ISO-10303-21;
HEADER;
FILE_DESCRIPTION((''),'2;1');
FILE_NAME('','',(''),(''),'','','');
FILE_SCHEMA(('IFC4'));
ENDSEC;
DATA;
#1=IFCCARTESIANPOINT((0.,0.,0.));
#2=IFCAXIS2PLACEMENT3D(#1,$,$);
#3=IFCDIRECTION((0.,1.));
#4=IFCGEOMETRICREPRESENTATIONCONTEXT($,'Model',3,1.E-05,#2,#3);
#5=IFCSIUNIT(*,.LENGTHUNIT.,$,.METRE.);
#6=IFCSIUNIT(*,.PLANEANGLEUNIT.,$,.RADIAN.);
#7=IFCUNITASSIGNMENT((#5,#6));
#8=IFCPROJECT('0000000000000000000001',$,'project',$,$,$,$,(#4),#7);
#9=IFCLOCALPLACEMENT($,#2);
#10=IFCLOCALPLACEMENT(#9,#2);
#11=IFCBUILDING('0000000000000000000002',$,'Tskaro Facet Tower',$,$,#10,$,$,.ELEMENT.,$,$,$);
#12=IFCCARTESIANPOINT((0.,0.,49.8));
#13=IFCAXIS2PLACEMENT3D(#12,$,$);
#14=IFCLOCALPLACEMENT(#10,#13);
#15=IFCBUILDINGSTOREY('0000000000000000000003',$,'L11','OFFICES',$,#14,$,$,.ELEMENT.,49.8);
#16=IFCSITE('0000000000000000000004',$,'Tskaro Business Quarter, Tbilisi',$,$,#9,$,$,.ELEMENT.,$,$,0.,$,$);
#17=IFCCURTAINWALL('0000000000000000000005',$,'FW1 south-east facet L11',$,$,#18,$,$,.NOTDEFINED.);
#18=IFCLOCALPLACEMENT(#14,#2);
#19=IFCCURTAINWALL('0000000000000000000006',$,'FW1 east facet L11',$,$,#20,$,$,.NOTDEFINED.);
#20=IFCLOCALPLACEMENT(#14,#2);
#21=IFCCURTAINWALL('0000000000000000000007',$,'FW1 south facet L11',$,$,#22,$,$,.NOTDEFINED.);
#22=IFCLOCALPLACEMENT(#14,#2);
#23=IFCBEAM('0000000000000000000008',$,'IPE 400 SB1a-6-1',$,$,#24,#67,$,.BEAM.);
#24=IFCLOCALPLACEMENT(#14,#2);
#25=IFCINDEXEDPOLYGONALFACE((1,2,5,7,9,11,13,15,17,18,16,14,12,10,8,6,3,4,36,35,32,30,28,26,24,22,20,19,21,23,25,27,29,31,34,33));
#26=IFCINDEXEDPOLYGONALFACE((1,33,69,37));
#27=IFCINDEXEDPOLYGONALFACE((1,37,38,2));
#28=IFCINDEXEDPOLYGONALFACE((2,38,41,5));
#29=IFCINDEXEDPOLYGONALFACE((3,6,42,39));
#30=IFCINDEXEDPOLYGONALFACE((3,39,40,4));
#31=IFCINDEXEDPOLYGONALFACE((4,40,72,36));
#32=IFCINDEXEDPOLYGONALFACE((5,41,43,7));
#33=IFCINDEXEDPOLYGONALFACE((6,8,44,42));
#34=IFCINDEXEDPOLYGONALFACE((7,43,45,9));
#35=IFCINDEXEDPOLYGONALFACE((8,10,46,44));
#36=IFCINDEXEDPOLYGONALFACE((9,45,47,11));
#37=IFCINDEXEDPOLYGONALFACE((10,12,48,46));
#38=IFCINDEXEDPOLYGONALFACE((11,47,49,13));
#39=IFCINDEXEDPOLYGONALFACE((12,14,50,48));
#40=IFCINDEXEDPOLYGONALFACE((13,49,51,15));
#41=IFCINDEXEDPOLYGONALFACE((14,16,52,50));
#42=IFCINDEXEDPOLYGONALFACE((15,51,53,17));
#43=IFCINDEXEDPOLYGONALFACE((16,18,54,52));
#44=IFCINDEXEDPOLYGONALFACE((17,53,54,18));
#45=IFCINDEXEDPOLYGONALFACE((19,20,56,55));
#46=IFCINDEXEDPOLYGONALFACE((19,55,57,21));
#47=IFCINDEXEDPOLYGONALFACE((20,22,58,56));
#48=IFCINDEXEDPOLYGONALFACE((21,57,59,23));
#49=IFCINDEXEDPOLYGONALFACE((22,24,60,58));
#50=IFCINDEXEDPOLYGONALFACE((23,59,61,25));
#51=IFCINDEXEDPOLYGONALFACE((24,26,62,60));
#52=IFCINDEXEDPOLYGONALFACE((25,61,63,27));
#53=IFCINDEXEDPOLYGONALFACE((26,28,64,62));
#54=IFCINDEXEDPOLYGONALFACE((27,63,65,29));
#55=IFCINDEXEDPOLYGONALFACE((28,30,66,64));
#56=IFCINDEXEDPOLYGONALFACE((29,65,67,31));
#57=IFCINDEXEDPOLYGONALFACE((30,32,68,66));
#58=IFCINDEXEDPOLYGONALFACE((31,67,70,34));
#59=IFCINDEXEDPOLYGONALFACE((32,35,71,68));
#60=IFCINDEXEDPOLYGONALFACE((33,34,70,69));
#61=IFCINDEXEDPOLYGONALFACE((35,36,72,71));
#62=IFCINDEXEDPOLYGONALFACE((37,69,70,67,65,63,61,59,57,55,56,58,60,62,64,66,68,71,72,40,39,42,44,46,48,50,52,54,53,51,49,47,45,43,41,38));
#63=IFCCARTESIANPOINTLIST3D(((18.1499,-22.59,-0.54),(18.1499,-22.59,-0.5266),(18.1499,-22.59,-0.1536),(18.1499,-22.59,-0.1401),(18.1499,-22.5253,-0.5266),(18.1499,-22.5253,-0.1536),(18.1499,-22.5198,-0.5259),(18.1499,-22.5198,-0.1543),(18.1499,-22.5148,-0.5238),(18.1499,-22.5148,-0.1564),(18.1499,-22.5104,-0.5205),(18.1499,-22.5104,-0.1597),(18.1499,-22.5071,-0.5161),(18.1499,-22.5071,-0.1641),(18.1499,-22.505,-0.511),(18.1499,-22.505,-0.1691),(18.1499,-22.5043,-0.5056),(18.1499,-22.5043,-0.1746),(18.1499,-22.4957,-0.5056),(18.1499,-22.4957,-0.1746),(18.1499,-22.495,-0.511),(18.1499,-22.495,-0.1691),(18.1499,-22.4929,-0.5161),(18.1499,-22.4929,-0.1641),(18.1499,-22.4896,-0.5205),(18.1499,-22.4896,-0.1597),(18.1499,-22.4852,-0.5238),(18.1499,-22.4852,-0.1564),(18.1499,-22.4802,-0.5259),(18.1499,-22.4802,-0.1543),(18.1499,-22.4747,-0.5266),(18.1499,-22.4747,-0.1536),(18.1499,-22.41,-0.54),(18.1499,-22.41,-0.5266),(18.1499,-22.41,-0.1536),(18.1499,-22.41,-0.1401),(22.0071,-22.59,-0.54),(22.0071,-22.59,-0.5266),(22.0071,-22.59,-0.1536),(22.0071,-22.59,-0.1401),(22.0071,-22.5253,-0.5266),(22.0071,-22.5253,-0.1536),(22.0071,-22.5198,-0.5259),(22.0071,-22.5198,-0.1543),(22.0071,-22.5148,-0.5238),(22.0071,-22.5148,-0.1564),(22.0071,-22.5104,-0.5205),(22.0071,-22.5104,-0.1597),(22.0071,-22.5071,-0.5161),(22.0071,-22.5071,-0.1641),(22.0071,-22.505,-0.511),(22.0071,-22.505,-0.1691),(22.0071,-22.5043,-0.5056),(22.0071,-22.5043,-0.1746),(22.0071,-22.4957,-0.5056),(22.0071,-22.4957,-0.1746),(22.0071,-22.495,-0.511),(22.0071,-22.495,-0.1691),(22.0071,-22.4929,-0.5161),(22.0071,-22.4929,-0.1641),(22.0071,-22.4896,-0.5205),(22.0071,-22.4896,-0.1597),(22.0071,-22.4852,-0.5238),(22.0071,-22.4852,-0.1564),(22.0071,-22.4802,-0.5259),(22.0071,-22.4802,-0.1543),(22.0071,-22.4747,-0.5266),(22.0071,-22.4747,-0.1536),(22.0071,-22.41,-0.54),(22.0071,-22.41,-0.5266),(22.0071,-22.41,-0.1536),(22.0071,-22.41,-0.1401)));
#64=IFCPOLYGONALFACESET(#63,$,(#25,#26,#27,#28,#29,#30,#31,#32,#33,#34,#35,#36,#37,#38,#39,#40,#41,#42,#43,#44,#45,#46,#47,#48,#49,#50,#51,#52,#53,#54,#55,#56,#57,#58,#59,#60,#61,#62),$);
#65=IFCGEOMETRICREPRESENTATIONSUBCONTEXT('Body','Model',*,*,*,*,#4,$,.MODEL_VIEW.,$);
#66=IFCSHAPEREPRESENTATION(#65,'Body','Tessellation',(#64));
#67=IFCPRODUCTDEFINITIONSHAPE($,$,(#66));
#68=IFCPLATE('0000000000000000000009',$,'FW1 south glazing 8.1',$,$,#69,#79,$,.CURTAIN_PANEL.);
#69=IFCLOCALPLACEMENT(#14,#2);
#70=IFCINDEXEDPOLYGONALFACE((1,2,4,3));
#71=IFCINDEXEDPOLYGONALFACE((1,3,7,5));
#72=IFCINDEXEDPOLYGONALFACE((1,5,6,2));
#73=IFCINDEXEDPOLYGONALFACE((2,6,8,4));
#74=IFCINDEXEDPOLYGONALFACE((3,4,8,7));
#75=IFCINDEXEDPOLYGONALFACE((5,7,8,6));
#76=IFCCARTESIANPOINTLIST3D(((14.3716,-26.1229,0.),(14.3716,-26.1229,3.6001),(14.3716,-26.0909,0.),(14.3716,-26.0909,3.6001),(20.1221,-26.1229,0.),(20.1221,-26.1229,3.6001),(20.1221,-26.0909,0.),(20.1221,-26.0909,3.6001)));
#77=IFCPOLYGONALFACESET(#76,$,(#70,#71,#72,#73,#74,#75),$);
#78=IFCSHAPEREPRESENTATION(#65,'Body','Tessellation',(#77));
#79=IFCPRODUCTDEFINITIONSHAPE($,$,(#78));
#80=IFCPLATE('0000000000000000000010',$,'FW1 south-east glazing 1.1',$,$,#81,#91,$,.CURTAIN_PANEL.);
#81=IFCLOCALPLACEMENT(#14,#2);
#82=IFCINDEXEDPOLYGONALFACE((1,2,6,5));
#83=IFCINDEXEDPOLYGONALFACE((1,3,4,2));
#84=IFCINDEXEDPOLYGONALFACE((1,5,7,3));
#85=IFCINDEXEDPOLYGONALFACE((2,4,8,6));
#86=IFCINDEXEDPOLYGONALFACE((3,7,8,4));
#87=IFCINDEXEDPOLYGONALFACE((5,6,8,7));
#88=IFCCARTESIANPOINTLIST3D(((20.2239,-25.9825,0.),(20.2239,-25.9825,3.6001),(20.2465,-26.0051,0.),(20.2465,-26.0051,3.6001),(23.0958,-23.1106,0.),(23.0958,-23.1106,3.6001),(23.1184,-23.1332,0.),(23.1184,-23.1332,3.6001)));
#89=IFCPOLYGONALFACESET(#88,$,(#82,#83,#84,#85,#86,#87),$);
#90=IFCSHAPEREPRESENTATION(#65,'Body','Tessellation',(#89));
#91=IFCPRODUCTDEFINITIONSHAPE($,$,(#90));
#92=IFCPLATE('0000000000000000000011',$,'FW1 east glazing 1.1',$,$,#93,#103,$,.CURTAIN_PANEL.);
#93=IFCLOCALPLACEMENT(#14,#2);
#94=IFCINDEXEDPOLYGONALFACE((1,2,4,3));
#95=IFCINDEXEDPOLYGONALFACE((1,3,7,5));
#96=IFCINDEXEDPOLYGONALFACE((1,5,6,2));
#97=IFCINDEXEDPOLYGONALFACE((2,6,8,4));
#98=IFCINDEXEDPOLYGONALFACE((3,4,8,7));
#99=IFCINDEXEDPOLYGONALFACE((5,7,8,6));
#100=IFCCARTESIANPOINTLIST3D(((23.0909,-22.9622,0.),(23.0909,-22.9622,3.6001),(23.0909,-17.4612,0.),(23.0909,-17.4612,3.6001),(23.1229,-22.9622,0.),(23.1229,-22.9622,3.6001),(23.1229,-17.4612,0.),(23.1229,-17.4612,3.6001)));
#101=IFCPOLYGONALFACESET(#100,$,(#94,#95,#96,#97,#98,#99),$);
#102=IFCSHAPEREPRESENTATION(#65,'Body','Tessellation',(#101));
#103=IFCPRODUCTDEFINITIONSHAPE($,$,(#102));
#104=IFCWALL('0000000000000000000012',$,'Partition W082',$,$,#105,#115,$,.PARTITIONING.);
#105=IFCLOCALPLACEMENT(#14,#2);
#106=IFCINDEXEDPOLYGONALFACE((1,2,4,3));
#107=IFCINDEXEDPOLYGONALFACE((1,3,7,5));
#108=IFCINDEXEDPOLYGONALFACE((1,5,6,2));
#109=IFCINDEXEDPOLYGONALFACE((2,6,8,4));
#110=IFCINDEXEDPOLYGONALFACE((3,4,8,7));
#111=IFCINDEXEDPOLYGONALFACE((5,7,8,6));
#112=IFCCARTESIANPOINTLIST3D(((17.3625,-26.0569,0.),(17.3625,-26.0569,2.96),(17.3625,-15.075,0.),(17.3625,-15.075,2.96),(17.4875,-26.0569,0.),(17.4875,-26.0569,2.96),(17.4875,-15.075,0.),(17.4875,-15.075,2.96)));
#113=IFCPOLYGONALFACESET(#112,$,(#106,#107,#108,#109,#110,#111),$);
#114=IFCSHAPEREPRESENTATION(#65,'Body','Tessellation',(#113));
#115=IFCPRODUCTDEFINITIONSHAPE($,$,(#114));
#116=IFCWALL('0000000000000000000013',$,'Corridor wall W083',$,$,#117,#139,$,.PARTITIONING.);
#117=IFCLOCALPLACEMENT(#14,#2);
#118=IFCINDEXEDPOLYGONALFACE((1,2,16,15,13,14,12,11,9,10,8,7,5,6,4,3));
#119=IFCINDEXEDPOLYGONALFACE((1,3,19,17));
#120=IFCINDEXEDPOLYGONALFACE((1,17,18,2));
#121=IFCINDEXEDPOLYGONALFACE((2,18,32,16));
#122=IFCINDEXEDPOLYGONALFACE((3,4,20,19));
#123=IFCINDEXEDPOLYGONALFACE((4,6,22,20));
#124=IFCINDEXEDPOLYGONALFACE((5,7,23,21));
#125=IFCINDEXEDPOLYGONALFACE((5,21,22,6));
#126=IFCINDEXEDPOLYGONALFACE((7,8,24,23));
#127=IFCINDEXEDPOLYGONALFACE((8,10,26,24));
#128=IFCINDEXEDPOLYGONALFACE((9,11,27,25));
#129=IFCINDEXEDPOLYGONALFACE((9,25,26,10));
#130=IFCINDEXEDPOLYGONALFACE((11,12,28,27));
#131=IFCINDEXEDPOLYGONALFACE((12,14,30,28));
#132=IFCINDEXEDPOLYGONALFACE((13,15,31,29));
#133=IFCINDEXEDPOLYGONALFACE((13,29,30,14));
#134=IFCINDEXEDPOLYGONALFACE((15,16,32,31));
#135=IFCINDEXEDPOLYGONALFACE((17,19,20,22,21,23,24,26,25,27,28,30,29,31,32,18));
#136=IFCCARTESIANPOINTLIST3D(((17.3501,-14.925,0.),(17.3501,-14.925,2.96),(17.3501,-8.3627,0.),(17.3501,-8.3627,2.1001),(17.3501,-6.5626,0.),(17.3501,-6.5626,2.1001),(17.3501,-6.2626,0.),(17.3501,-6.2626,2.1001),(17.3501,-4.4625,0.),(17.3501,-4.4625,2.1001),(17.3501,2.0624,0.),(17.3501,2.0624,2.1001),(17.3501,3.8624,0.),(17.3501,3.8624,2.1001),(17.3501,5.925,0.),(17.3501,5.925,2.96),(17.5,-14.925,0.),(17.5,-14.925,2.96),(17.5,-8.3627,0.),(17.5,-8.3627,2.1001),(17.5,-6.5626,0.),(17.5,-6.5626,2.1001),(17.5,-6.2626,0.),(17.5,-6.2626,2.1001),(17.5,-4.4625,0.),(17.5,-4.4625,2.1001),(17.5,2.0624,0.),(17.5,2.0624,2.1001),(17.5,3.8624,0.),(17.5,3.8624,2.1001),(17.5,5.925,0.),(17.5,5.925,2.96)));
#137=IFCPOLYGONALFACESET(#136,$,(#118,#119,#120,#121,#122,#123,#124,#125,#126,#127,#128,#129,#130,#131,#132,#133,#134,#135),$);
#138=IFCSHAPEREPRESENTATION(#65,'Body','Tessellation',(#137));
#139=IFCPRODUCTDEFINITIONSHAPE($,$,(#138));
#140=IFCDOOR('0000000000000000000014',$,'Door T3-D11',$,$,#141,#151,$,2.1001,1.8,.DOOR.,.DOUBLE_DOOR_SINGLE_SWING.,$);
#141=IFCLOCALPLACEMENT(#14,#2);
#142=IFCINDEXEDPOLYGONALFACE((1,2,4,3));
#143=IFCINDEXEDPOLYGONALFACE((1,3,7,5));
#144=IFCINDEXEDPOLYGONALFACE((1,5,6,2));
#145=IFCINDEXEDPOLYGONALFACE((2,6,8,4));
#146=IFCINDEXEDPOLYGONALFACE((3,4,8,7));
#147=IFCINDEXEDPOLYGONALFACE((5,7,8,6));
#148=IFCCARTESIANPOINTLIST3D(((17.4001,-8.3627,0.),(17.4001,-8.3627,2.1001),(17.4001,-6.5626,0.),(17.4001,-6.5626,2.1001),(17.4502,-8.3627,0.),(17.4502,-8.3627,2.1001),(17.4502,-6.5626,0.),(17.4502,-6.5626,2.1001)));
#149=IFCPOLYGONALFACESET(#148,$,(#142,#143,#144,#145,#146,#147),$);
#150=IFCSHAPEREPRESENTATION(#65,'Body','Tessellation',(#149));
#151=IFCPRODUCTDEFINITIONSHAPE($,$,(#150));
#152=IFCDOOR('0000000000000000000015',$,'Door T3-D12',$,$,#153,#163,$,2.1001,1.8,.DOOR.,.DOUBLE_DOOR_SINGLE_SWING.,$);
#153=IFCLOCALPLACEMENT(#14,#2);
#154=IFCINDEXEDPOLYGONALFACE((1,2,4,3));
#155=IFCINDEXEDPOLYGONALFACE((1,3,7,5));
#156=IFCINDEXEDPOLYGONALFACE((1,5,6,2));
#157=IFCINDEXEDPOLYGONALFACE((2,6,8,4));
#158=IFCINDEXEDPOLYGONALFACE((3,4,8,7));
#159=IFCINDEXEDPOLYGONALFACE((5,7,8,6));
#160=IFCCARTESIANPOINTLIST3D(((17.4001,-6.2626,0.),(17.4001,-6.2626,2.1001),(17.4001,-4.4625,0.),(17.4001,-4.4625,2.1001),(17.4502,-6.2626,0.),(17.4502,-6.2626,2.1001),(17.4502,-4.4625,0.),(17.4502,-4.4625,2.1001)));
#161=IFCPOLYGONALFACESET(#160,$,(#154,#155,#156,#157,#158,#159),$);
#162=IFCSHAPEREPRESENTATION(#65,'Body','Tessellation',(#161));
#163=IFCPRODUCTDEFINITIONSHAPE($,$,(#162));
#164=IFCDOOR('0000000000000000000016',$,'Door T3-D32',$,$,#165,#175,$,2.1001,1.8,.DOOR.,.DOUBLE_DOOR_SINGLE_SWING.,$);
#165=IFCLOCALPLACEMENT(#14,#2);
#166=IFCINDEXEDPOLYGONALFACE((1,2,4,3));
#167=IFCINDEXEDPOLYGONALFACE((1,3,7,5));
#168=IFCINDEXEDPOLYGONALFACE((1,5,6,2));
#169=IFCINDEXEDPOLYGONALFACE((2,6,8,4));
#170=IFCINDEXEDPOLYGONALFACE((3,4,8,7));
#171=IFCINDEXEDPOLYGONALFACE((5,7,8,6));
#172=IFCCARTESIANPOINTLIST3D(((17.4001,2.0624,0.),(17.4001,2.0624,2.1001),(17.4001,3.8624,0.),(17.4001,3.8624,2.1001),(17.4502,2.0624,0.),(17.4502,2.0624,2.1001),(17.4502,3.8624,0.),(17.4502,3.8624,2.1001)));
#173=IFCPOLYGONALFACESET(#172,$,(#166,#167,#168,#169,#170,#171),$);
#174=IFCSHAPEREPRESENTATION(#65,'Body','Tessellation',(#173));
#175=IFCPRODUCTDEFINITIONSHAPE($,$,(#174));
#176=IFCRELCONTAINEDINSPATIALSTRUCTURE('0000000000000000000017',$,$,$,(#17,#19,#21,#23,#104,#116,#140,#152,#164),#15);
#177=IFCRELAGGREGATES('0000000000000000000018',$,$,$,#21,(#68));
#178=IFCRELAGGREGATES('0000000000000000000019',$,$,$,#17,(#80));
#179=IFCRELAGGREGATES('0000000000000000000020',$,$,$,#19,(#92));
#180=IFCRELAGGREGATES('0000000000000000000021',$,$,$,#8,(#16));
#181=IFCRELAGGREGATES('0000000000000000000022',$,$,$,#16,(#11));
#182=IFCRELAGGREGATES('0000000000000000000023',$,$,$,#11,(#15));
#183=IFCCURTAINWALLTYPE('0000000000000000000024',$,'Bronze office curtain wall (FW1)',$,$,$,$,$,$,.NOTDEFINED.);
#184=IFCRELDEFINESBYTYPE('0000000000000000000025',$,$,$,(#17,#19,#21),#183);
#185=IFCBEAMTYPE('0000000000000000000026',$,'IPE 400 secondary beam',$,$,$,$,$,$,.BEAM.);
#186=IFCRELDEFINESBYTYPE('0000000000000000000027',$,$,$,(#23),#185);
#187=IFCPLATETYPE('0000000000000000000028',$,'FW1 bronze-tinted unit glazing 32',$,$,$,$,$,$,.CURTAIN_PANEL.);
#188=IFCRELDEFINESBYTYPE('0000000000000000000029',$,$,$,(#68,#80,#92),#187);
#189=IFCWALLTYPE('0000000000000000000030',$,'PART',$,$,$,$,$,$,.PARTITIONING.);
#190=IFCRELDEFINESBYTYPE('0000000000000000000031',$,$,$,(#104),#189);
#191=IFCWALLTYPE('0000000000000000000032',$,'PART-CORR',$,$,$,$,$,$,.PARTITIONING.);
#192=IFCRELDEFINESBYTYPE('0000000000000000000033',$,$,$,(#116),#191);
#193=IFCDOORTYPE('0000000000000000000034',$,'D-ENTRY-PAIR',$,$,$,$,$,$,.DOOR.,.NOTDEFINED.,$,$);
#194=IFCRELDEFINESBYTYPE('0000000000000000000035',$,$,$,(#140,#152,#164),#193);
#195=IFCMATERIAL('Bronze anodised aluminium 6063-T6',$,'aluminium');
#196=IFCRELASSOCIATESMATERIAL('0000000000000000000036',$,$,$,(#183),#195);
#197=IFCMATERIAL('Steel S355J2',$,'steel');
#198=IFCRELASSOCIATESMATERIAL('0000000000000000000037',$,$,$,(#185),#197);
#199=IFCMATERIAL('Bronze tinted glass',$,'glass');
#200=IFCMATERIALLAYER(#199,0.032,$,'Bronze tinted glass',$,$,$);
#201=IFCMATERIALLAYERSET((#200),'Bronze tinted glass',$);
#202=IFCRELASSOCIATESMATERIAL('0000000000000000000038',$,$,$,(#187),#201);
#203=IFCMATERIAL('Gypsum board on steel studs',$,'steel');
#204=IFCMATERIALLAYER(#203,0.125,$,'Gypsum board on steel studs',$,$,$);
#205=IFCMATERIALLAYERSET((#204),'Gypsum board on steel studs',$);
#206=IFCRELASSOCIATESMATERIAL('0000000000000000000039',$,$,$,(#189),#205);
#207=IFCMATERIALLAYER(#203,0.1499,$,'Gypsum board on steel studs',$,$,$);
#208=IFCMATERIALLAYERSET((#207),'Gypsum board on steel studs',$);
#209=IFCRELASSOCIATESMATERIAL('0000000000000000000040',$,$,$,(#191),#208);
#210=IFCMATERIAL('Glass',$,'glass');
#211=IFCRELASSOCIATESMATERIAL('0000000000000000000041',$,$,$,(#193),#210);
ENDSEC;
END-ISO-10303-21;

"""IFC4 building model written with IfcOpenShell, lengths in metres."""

from ifc_helpers import new_model, si_unit, direction, frame, frame_2d, origin, origin_2d, place, context, subcontext, project, spatial, rectangle, i_section, extrude, material, layer, layer_set, material_profile, profile_set, type_object, element, fill, aggregate, save


model = new_model("IFC4")

# Units and contexts
model_context = context("Model", 3, precision=1e-05, world=origin(), true_north=direction((0.0, 1.0)))
body_context = subcontext(model_context, "Body", "Model", "MODEL_VIEW")
ifc_project = project(units=[si_unit("LENGTHUNIT", "METRE"), si_unit("PLANEANGLEUNIT", "RADIAN")], contexts=[model_context])

# Site, building, storey
site_placement = place(None, origin())
site = spatial("IfcSite", under=ifc_project, at=site_placement, Name="Tskaro Business Quarter, Tbilisi", CompositionType="ELEMENT", RefElevation=0.0)
building_placement = place(site_placement, origin())
building = spatial("IfcBuilding", under=site, at=building_placement, Name="Tskaro Facet Tower", CompositionType="ELEMENT")
storey_placement = place(building_placement, frame((0.0, 0.0, 49.8)))
storey = spatial("IfcBuildingStorey", under=building, at=storey_placement, Name="L11", Description="OFFICES", CompositionType="ELEMENT", Elevation=49.8)

# Curtain walls
ifc_material_1 = material(Name="Bronze anodised aluminium 6063-T6", Category="aluminium")
curtain_wall_type = type_object("IfcCurtainWallType", Name="Bronze office curtain wall (FW1)", PredefinedType="NOTDEFINED", material=ifc_material_1)
curtain_wall_1_placement = place(storey_placement, origin())
curtain_wall_1 = element("IfcCurtainWall", 1, at=curtain_wall_1_placement, inside=storey, type_object=curtain_wall_type, Name="FW1 south-east facet L11", PredefinedType="NOTDEFINED")
curtain_wall_2_placement = place(storey_placement, origin())
curtain_wall_2 = element("IfcCurtainWall", 2, at=curtain_wall_2_placement, inside=storey, type_object=curtain_wall_type, Name="FW1 east facet L11", PredefinedType="NOTDEFINED")
curtain_wall_3_placement = place(storey_placement, origin())
curtain_wall_3 = element("IfcCurtainWall", 3, at=curtain_wall_3_placement, inside=storey, type_object=curtain_wall_type, Name="FW1 south facet L11", PredefinedType="NOTDEFINED")

# Beam
ifc_material_2 = material(Name="Steel S355J2", Category="steel")
ifc_material_profile_1 = material_profile(ifc_material_2, i_section(OverallWidth=0.1799, OverallDepth=0.3999, WebThickness=0.0085, FlangeThickness=0.0134, FilletRadius=0.021, at=origin_2d()), Name="IPE 400")
ifc_profile_set_1 = profile_set([ifc_material_profile_1], Name="Steel S355J2")
beam_type_1 = type_object("IfcBeamType", Name="IPE 400 secondary beam", PredefinedType="BEAM", material=ifc_profile_set_1)
beam_1_placement = place(storey_placement, frame((18.1499, -22.5, -0.3401), z_axis=(1.0, 0.0, 0.0), x_axis=(0.0, 1.0, 0.0)))
element("IfcBeam", 4, at=beam_1_placement, inside=storey, type_object=beam_type_1, Name="IPE 400 SB1a-6-1", PredefinedType="BEAM", context=body_context, shape_type="SweptSolid", body=[
    extrude(i_section(OverallWidth=0.1799, OverallDepth=0.3999, WebThickness=0.0085, FlangeThickness=0.0134, FilletRadius=0.021, at=origin_2d()), origin(), (0.0, 0.0, 1.0), 3.8572),
])

# Plates
ifc_material_3 = material(Name="Bronze tinted glass", Category="glass")
ifc_layer_1 = layer(ifc_material_3, 0.032, Name="Bronze tinted glass")
ifc_layer_set_1 = layer_set([ifc_layer_1], Name="Bronze tinted glass")
plate_type = type_object("IfcPlateType", Name="FW1 bronze-tinted unit glazing 32", PredefinedType="CURTAIN_PANEL", material=ifc_layer_set_1)
plate_1_placement = place(storey_placement, frame((17.2468, -26.1069, 0.0), z_axis=(0.0, 0.0, 1.0), x_axis=(1.0, 0.0, 0.0)))
plate_1 = element("IfcPlate", 5, at=plate_1_placement, type_object=plate_type, Name="FW1 south glazing 8.1", PredefinedType="CURTAIN_PANEL", context=body_context, shape_type="SweptSolid", body=[
    extrude(rectangle(XDim=5.7505, YDim=0.032, at=origin_2d()), origin(), (0.0, 0.0, 1.0), 3.6001),
])
aggregate(curtain_wall_3, [plate_1])
plate_2_placement = place(storey_placement, frame((21.6711, -24.5579, 0.0), z_axis=(0.0, 0.0, 1.0), x_axis=(0.707107, 0.707107, 0.0)))
plate_2 = element("IfcPlate", 6, at=plate_2_placement, type_object=plate_type, Name="FW1 south-east glazing 1.1", PredefinedType="CURTAIN_PANEL", context=body_context, shape_type="SweptSolid", body=[
    extrude(rectangle(XDim=4.0615, YDim=0.032, at=origin_2d()), origin(), (0.0, 0.0, 1.0), 3.6001),
])
aggregate(curtain_wall_1, [plate_2])
plate_3_placement = place(storey_placement, frame((23.1069, -20.2117, 0.0), z_axis=(0.0, 0.0, 1.0), x_axis=(0.0, 1.0, 0.0)))
plate_3 = element("IfcPlate", 7, at=plate_3_placement, type_object=plate_type, Name="FW1 east glazing 1.1", PredefinedType="CURTAIN_PANEL", context=body_context, shape_type="SweptSolid", body=[
    extrude(rectangle(XDim=5.501, YDim=0.032, at=origin_2d()), origin(), (0.0, 0.0, 1.0), 3.6001),
])
aggregate(curtain_wall_2, [plate_3])

# Wall
ifc_material_4 = material(Name="Gypsum board on steel studs", Category="steel")
ifc_layer_2 = layer(ifc_material_4, 0.125, Name="Gypsum board on steel studs")
ifc_layer_set_2 = layer_set([ifc_layer_2], Name="Gypsum board on steel studs")
wall_type_1 = type_object("IfcWallType", Name="PART", PredefinedType="PARTITIONING", material=ifc_layer_set_2)
wall_1_placement = place(storey_placement, frame((17.425, -26.0569, 0.0), z_axis=(0.0, 0.0, 1.0), x_axis=(0.0, 1.0, 0.0)))
element("IfcWall", 8, at=wall_1_placement, inside=storey, type_object=wall_type_1, Name="Partition W082", PredefinedType="PARTITIONING", context=body_context, shape_type="SweptSolid", body=[
    extrude(rectangle(XDim=10.9819, YDim=0.125, at=frame_2d((5.491, 0.0))), origin(), (0.0, 0.0, 1.0), 2.96),
])

# Wall, openings, doors
ifc_layer_3 = layer(ifc_material_4, 0.1499, Name="Gypsum board on steel studs")
ifc_layer_set_3 = layer_set([ifc_layer_3], Name="Gypsum board on steel studs")
wall_type_2 = type_object("IfcWallType", Name="PART-CORR", PredefinedType="PARTITIONING", material=ifc_layer_set_3)
wall_2_placement = place(storey_placement, frame((17.425, -14.925, 0.0), z_axis=(0.0, 0.0, 1.0), x_axis=(0.0, 1.0, 0.0)))
wall_2 = element("IfcWall", 9, at=wall_2_placement, inside=storey, type_object=wall_type_2, Name="Corridor wall W083", PredefinedType="PARTITIONING", context=body_context, shape_type="SweptSolid", body=[
    extrude(rectangle(XDim=20.8501, YDim=0.1499, at=frame_2d((10.425, 0.0))), origin(), (0.0, 0.0, 1.0), 2.96),
])
opening_1_placement = place(wall_2_placement, frame((6.5625, 0.0, 0.0)))
opening_1 = element("IfcOpeningElement", 10, at=opening_1_placement, cuts=wall_2, PredefinedType="OPENING", context=body_context, shape_type="SweptSolid", body=[
    extrude(rectangle(XDim=1.8, YDim=2.1001, at=frame_2d((0.8999, 1.05))), frame((0.0, 0.085, 0.0), z_axis=(0.0, -1.0, 0.0), x_axis=(1.0, 0.0, 0.0)), (0.0, 0.0, 1.0), 0.1699),
])
opening_2_placement = place(wall_2_placement, frame((8.6626, 0.0, 0.0)))
opening_2 = element("IfcOpeningElement", 11, at=opening_2_placement, cuts=wall_2, PredefinedType="OPENING", context=body_context, shape_type="SweptSolid", body=[
    extrude(rectangle(XDim=1.8, YDim=2.1001, at=frame_2d((0.8999, 1.05))), frame((0.0, 0.085, 0.0), z_axis=(0.0, -1.0, 0.0), x_axis=(1.0, 0.0, 0.0)), (0.0, 0.0, 1.0), 0.1699),
])
opening_3_placement = place(wall_2_placement, frame((16.9875, 0.0, 0.0)))
opening_3 = element("IfcOpeningElement", 12, at=opening_3_placement, cuts=wall_2, PredefinedType="OPENING", context=body_context, shape_type="SweptSolid", body=[
    extrude(rectangle(XDim=1.8, YDim=2.1001, at=frame_2d((0.8999, 1.05))), frame((0.0, 0.085, 0.0), z_axis=(0.0, -1.0, 0.0), x_axis=(1.0, 0.0, 0.0)), (0.0, 0.0, 1.0), 0.1699),
])
ifc_material_5 = material(Name="Glass", Category="glass")
door_type = type_object("IfcDoorType", Name="D-ENTRY-PAIR", OperationType="NOTDEFINED", PredefinedType="DOOR", material=ifc_material_5)
door_1_placement = place(opening_1_placement, origin())
door_1 = element("IfcDoor", 13, at=door_1_placement, inside=storey, type_object=door_type, Name="Door T3-D11", OperationType="DOUBLE_DOOR_SINGLE_SWING", OverallHeight=2.1001, OverallWidth=1.8, PredefinedType="DOOR", context=body_context, shape_type="SweptSolid", body=[
    extrude(rectangle(XDim=1.8, YDim=2.1001, at=frame_2d((0.8999, 1.05))), frame((0.0, 0.0249, 0.0), z_axis=(0.0, -1.0, 0.0), x_axis=(1.0, 0.0, 0.0)), (0.0, 0.0, 1.0), 0.05),
])
fill(opening_1, door_1)
door_2_placement = place(opening_2_placement, origin())
door_2 = element("IfcDoor", 14, at=door_2_placement, inside=storey, type_object=door_type, Name="Door T3-D12", OperationType="DOUBLE_DOOR_SINGLE_SWING", OverallHeight=2.1001, OverallWidth=1.8, PredefinedType="DOOR", context=body_context, shape_type="SweptSolid", body=[
    extrude(rectangle(XDim=1.8, YDim=2.1001, at=frame_2d((0.8999, 1.05))), frame((0.0, 0.0249, 0.0), z_axis=(0.0, -1.0, 0.0), x_axis=(1.0, 0.0, 0.0)), (0.0, 0.0, 1.0), 0.05),
])
fill(opening_2, door_2)
door_3_placement = place(opening_3_placement, origin())
door_3 = element("IfcDoor", 15, at=door_3_placement, inside=storey, type_object=door_type, Name="Door T3-D32", OperationType="DOUBLE_DOOR_SINGLE_SWING", OverallHeight=2.1001, OverallWidth=1.8, PredefinedType="DOOR", context=body_context, shape_type="SweptSolid", body=[
    extrude(rectangle(XDim=1.8, YDim=2.1001, at=frame_2d((0.8999, 1.05))), frame((0.0, 0.0249, 0.0), z_axis=(0.0, -1.0, 0.0), x_axis=(1.0, 0.0, 0.0)), (0.0, 0.0, 1.0), 0.05),
])
fill(opening_3, door_3)

save(model, "model.ifc")
